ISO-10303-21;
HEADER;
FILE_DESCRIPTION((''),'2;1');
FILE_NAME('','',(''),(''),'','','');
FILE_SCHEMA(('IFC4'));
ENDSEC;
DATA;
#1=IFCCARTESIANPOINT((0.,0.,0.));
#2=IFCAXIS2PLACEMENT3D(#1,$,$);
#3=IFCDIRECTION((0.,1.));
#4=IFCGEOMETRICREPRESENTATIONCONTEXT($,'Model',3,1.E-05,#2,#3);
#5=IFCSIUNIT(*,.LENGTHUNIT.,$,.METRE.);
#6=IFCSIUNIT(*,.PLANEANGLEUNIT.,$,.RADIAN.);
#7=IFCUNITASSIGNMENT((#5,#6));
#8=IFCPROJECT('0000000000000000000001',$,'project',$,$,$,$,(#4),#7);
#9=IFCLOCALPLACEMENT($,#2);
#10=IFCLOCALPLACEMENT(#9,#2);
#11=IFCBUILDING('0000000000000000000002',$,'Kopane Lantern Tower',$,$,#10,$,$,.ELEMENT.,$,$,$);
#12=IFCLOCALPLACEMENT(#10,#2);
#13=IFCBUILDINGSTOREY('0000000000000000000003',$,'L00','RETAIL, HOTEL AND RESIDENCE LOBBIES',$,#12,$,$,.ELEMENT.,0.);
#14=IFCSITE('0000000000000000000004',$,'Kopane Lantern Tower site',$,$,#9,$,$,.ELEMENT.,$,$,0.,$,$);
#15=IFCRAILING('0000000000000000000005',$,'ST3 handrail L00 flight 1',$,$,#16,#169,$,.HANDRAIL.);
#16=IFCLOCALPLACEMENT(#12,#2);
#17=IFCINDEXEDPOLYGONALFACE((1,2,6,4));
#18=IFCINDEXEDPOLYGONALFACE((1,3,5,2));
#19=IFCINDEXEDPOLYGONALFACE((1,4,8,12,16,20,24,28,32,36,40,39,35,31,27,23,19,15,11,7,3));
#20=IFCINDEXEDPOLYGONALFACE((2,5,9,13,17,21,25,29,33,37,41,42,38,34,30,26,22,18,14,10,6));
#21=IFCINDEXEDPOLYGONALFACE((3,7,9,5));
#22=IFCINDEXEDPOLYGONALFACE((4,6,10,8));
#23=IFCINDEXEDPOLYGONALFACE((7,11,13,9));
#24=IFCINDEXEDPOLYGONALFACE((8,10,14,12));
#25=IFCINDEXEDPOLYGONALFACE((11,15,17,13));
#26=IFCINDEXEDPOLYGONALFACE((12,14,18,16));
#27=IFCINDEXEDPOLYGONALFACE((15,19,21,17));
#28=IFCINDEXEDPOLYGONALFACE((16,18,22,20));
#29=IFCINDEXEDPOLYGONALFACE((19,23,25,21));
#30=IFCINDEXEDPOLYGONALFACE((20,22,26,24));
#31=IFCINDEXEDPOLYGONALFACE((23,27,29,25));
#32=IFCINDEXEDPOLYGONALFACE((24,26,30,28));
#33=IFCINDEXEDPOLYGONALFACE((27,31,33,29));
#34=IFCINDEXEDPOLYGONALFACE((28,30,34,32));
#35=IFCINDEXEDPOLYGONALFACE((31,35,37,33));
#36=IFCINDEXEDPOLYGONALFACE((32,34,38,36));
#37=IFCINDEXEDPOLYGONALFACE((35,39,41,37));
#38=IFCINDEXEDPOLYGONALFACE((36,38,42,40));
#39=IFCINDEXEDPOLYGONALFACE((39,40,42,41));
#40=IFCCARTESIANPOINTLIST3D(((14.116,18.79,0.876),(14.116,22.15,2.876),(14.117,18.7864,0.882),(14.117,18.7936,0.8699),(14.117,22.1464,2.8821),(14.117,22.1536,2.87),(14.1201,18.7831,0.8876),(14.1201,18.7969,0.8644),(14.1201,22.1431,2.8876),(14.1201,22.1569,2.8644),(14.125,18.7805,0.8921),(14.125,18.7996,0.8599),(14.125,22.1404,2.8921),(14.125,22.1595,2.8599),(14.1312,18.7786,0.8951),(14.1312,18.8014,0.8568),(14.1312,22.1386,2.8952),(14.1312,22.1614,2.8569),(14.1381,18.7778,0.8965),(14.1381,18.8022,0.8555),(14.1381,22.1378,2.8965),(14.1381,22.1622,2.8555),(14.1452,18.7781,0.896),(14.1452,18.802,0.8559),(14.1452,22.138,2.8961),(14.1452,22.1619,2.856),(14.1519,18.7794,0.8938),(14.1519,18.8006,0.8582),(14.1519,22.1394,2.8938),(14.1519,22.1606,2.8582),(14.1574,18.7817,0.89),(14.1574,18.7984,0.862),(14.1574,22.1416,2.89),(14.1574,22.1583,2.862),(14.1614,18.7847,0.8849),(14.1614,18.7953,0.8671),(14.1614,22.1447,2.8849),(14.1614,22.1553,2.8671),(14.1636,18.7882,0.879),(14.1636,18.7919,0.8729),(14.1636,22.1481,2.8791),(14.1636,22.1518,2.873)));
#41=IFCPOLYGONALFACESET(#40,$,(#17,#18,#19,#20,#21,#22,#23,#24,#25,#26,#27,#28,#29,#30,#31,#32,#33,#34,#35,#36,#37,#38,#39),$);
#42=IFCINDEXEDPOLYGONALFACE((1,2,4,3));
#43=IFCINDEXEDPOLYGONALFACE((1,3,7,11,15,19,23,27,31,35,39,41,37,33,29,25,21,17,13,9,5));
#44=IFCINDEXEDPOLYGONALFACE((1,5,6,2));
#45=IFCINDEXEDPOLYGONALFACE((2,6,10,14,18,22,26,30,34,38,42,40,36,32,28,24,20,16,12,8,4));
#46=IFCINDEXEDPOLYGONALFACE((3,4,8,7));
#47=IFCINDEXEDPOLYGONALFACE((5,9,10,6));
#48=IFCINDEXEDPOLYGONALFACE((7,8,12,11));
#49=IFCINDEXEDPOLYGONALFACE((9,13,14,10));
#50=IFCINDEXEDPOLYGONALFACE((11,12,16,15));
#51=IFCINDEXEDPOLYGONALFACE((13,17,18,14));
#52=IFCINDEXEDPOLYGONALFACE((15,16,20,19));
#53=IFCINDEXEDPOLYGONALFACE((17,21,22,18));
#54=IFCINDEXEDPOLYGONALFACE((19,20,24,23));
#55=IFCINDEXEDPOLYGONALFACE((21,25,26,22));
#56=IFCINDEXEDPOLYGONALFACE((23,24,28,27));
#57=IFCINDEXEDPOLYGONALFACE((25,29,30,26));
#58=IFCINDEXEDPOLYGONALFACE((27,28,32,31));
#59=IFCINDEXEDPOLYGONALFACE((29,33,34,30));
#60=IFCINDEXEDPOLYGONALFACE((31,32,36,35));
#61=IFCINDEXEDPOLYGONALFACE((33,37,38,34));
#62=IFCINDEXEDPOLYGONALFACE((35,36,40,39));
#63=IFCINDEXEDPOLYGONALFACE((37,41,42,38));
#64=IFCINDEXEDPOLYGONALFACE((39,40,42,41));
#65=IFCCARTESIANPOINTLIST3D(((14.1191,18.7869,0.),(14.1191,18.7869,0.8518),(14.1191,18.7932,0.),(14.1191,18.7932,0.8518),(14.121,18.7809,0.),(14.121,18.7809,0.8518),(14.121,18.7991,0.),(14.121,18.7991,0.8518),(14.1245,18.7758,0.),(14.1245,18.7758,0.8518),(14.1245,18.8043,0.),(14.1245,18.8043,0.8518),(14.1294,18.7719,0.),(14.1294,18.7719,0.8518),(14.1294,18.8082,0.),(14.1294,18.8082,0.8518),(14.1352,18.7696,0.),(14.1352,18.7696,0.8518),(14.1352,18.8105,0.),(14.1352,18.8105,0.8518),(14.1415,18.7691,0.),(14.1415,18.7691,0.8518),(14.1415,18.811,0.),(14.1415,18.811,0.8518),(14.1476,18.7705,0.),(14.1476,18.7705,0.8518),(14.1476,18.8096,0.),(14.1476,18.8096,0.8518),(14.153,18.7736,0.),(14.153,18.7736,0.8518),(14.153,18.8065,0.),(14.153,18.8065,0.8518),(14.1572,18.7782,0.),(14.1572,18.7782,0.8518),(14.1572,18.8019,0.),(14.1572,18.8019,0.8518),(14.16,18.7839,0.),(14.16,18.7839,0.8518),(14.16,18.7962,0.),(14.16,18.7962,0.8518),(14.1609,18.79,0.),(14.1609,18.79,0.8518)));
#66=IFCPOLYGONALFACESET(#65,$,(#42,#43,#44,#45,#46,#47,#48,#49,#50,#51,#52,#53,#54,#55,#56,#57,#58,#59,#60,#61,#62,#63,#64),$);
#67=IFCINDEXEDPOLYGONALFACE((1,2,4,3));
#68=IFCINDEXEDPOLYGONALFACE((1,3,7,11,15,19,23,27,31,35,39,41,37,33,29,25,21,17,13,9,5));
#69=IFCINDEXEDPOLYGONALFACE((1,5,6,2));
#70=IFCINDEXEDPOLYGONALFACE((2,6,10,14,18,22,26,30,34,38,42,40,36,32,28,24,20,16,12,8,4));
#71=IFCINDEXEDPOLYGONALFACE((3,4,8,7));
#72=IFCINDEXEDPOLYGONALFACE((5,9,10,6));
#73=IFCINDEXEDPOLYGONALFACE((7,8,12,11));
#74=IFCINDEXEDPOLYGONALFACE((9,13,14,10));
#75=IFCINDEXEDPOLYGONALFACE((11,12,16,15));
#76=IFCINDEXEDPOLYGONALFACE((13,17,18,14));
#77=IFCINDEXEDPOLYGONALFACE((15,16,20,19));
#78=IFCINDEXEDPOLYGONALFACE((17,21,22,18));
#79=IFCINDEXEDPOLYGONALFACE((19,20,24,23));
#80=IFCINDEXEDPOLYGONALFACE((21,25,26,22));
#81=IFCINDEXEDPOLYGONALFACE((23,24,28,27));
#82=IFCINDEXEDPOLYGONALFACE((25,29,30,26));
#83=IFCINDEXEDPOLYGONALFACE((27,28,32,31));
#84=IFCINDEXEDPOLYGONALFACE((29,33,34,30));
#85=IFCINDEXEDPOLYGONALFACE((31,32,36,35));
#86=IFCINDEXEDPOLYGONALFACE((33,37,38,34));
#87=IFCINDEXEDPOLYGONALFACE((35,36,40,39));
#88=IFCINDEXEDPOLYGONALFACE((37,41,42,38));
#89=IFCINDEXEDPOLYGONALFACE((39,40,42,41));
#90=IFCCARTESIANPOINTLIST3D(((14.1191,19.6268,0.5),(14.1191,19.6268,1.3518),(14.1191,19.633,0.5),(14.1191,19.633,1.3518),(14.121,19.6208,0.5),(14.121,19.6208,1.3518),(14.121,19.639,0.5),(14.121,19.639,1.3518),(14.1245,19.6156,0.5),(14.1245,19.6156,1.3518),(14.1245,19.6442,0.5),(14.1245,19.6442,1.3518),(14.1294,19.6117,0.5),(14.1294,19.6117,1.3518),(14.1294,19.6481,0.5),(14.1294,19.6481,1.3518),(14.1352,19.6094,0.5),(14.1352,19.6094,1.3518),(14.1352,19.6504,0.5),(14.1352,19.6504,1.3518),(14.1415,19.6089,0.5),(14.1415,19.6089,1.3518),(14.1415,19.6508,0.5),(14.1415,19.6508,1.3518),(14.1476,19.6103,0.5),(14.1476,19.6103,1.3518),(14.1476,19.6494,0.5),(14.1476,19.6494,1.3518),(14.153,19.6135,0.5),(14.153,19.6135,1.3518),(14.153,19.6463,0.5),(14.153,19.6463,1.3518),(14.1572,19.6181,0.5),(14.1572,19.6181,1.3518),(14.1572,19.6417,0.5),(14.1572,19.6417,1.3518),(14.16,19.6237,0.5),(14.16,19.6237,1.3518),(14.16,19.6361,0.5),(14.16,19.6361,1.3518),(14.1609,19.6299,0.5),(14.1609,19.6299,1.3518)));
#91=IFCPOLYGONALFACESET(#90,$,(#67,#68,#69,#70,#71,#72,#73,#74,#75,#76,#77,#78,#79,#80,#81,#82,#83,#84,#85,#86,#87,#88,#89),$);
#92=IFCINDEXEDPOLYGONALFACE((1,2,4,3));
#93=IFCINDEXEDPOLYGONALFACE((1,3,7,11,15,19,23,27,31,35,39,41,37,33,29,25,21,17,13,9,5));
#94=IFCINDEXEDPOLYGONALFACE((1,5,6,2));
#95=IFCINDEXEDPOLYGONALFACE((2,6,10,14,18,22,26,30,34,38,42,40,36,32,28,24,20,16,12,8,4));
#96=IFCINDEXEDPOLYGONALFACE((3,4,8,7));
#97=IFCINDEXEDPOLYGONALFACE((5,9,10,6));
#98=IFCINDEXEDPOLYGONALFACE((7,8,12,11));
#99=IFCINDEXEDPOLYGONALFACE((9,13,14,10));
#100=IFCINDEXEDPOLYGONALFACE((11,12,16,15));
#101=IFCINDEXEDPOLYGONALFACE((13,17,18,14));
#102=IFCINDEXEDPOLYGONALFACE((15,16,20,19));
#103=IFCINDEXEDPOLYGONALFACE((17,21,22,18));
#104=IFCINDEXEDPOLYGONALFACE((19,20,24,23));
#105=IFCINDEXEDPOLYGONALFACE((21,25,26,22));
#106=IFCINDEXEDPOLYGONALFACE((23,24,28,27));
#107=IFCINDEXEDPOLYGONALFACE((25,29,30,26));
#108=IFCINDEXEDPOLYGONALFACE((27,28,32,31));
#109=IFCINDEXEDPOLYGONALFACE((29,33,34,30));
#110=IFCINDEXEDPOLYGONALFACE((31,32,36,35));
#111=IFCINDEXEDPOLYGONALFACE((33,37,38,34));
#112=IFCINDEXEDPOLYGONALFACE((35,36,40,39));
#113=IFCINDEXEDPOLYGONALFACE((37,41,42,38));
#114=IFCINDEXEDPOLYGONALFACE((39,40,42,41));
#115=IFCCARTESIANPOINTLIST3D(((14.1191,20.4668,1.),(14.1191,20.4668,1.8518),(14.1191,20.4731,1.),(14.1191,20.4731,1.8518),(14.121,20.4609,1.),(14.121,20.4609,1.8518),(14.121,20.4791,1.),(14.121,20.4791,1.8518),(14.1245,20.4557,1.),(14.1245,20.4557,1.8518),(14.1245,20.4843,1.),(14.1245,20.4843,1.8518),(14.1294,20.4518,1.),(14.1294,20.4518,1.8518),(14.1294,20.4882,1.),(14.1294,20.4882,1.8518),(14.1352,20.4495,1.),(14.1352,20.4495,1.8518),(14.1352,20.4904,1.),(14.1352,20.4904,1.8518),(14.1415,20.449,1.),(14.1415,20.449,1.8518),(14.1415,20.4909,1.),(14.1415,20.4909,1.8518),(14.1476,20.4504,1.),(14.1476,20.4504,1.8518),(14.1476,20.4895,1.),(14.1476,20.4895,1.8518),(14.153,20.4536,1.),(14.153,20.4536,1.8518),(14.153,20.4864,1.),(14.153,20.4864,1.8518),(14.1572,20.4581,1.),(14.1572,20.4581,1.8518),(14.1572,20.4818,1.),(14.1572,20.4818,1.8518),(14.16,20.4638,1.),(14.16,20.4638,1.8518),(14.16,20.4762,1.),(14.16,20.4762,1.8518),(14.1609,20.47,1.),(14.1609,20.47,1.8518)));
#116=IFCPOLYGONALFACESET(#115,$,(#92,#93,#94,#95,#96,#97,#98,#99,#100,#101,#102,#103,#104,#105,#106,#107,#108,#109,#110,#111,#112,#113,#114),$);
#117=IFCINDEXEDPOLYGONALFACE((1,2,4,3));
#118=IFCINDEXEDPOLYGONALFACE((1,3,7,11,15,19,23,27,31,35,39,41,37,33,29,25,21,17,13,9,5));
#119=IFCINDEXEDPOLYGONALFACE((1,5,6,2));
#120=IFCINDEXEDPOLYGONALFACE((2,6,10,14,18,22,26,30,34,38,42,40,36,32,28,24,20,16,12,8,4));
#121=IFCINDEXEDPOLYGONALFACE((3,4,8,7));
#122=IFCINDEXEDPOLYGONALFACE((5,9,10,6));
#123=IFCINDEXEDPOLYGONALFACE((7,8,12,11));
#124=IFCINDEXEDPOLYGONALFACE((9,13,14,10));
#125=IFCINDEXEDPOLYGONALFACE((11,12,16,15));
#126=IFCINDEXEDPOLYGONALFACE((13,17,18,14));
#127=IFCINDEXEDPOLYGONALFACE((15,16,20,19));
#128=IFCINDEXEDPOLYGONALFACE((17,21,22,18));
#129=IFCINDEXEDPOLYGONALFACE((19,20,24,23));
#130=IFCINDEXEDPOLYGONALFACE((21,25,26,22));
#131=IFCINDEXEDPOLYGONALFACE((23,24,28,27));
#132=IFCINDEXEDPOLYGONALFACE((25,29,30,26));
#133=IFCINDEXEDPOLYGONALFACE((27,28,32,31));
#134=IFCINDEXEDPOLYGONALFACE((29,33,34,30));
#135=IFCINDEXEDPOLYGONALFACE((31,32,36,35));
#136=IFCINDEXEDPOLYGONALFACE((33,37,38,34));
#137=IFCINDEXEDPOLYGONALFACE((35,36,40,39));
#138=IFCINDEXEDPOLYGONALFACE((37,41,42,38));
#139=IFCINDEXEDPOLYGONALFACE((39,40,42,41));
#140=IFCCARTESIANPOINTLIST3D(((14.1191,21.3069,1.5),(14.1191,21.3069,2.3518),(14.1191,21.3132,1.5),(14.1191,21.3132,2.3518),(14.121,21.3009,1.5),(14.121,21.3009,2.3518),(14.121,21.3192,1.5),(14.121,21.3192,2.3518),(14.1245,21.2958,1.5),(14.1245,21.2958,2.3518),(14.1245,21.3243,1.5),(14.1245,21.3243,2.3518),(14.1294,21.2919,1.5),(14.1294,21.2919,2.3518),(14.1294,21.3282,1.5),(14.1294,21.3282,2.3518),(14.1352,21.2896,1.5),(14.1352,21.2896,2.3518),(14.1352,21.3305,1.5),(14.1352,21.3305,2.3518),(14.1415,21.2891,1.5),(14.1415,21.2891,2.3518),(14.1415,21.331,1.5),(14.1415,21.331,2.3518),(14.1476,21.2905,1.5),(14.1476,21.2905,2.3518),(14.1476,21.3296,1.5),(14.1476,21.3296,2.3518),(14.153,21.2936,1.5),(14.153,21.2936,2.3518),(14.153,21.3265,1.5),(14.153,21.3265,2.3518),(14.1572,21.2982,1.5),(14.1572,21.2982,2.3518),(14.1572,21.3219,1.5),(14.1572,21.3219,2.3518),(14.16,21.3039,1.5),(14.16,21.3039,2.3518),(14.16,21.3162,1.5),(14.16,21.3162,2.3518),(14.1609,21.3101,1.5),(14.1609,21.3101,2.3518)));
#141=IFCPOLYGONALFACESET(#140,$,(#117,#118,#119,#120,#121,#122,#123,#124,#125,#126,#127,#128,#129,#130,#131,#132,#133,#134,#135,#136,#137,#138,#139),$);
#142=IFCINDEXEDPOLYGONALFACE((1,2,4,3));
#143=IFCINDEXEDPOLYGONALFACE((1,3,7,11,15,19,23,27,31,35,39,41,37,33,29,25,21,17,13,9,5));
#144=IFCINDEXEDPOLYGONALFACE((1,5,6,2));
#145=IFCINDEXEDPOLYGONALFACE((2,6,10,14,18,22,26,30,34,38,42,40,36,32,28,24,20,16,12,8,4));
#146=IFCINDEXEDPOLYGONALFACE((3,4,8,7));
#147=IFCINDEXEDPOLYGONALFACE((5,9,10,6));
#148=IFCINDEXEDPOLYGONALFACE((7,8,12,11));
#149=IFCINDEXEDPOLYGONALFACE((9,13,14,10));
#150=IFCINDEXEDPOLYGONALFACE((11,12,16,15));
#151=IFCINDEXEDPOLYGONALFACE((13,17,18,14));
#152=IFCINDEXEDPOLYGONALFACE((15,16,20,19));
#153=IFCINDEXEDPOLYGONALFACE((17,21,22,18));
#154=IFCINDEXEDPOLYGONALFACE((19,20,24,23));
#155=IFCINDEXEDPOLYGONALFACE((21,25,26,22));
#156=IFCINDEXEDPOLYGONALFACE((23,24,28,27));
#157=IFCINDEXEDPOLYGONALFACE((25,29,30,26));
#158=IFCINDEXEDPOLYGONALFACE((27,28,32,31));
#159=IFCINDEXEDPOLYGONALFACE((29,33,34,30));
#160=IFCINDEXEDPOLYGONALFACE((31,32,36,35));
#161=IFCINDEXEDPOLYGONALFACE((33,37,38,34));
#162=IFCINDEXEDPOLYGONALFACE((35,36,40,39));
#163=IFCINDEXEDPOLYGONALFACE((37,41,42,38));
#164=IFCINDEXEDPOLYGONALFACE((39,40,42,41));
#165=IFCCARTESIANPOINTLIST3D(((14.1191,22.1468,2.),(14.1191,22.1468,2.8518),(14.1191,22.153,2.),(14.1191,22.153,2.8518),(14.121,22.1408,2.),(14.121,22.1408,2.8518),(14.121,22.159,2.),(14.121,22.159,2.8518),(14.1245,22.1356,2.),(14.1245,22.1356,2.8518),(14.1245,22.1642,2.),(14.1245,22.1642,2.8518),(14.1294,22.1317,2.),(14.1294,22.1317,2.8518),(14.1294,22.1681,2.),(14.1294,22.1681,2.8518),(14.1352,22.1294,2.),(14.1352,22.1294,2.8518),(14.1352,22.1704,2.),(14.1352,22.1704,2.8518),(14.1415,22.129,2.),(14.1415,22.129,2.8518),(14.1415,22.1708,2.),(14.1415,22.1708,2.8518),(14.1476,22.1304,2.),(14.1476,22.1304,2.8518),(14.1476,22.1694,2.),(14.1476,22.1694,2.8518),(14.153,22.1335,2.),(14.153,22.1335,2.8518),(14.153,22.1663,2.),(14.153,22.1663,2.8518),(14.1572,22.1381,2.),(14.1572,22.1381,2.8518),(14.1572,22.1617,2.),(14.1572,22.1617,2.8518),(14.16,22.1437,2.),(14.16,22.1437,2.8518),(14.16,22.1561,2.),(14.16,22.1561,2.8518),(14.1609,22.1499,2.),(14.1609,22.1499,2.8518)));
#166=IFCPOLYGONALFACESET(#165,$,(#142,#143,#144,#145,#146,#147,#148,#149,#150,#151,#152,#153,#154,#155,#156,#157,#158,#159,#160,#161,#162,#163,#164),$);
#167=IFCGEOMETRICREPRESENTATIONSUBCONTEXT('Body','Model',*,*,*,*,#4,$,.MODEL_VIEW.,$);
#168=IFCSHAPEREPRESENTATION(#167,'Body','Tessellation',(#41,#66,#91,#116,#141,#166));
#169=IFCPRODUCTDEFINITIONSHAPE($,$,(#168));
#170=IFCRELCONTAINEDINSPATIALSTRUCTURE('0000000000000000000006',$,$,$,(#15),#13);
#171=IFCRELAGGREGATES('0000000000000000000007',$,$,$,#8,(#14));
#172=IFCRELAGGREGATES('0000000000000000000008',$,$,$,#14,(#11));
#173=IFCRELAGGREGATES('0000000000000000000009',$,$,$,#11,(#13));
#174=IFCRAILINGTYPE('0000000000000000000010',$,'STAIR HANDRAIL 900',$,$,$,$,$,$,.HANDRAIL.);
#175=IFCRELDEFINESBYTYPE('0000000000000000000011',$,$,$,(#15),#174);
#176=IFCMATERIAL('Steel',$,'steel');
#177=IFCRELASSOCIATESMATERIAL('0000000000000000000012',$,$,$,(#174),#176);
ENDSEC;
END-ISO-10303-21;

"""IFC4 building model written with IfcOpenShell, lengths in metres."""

from ifc_helpers import new_model, si_unit, direction, frame, origin, origin_2d, place, context, subcontext, project, spatial, circle, extrude, material, type_object, element, save


model = new_model("IFC4")

# Units and contexts
model_context = context("Model", 3, precision=1e-05, world=origin(), true_north=direction((0.0, 1.0)))
body_context = subcontext(model_context, "Body", "Model", "MODEL_VIEW")
ifc_project = project(units=[si_unit("LENGTHUNIT", "METRE"), si_unit("PLANEANGLEUNIT", "RADIAN")], contexts=[model_context])

# Site, building, storey
site_placement = place(None, origin())
site = spatial("IfcSite", under=ifc_project, at=site_placement, Name="Kopane Lantern Tower site", CompositionType="ELEMENT", RefElevation=0.0)
building_placement = place(site_placement, origin())
building = spatial("IfcBuilding", under=site, at=building_placement, Name="Kopane Lantern Tower", CompositionType="ELEMENT")
storey_placement = place(building_placement, origin())
storey = spatial("IfcBuildingStorey", under=building, at=storey_placement, Name="L00", Description="RETAIL, HOTEL AND RESIDENCE LOBBIES", CompositionType="ELEMENT", Elevation=0.0)

# Railing
ifc_material_1 = material(Name="Steel", Category="steel")
railing_type_1 = type_object("IfcRailingType", Name="STAIR HANDRAIL 900", PredefinedType="HANDRAIL", material=ifc_material_1)
railing_1_placement = place(storey_placement, frame((14.1399, 18.79, 0.0)))
element("IfcRailing", 1, at=railing_1_placement, inside=storey, type_object=railing_type_1, Name="ST3 handrail L00 flight 1", PredefinedType="HANDRAIL", context=body_context, shape_type="SweptSolid", body=[
    extrude(circle(Radius=0.0239, at=origin_2d()), frame((0.0, 0.0, 0.876), z_axis=(0.0, 0.859284, 0.511499), x_axis=(-1.0, 0.0, 0.0)), (0.0, 0.0, 1.0), 3.9102),
    extrude(circle(Radius=0.021, at=origin_2d()), origin(), (0.0, 0.0, 1.0), 0.8518),
    extrude(circle(Radius=0.021, at=origin_2d()), frame((0.0, 0.8398, 0.5)), (0.0, 0.0, 1.0), 0.8518),
    extrude(circle(Radius=0.021, at=origin_2d()), frame((0.0, 1.6799, 1.0)), (0.0, 0.0, 1.0), 0.8518),
    extrude(circle(Radius=0.021, at=origin_2d()), frame((0.0, 2.52, 1.5)), (0.0, 0.0, 1.0), 0.8518),
    extrude(circle(Radius=0.021, at=origin_2d()), frame((0.0, 3.3599, 2.0)), (0.0, 0.0, 1.0), 0.8518),
])

save(model, "model.ifc")
